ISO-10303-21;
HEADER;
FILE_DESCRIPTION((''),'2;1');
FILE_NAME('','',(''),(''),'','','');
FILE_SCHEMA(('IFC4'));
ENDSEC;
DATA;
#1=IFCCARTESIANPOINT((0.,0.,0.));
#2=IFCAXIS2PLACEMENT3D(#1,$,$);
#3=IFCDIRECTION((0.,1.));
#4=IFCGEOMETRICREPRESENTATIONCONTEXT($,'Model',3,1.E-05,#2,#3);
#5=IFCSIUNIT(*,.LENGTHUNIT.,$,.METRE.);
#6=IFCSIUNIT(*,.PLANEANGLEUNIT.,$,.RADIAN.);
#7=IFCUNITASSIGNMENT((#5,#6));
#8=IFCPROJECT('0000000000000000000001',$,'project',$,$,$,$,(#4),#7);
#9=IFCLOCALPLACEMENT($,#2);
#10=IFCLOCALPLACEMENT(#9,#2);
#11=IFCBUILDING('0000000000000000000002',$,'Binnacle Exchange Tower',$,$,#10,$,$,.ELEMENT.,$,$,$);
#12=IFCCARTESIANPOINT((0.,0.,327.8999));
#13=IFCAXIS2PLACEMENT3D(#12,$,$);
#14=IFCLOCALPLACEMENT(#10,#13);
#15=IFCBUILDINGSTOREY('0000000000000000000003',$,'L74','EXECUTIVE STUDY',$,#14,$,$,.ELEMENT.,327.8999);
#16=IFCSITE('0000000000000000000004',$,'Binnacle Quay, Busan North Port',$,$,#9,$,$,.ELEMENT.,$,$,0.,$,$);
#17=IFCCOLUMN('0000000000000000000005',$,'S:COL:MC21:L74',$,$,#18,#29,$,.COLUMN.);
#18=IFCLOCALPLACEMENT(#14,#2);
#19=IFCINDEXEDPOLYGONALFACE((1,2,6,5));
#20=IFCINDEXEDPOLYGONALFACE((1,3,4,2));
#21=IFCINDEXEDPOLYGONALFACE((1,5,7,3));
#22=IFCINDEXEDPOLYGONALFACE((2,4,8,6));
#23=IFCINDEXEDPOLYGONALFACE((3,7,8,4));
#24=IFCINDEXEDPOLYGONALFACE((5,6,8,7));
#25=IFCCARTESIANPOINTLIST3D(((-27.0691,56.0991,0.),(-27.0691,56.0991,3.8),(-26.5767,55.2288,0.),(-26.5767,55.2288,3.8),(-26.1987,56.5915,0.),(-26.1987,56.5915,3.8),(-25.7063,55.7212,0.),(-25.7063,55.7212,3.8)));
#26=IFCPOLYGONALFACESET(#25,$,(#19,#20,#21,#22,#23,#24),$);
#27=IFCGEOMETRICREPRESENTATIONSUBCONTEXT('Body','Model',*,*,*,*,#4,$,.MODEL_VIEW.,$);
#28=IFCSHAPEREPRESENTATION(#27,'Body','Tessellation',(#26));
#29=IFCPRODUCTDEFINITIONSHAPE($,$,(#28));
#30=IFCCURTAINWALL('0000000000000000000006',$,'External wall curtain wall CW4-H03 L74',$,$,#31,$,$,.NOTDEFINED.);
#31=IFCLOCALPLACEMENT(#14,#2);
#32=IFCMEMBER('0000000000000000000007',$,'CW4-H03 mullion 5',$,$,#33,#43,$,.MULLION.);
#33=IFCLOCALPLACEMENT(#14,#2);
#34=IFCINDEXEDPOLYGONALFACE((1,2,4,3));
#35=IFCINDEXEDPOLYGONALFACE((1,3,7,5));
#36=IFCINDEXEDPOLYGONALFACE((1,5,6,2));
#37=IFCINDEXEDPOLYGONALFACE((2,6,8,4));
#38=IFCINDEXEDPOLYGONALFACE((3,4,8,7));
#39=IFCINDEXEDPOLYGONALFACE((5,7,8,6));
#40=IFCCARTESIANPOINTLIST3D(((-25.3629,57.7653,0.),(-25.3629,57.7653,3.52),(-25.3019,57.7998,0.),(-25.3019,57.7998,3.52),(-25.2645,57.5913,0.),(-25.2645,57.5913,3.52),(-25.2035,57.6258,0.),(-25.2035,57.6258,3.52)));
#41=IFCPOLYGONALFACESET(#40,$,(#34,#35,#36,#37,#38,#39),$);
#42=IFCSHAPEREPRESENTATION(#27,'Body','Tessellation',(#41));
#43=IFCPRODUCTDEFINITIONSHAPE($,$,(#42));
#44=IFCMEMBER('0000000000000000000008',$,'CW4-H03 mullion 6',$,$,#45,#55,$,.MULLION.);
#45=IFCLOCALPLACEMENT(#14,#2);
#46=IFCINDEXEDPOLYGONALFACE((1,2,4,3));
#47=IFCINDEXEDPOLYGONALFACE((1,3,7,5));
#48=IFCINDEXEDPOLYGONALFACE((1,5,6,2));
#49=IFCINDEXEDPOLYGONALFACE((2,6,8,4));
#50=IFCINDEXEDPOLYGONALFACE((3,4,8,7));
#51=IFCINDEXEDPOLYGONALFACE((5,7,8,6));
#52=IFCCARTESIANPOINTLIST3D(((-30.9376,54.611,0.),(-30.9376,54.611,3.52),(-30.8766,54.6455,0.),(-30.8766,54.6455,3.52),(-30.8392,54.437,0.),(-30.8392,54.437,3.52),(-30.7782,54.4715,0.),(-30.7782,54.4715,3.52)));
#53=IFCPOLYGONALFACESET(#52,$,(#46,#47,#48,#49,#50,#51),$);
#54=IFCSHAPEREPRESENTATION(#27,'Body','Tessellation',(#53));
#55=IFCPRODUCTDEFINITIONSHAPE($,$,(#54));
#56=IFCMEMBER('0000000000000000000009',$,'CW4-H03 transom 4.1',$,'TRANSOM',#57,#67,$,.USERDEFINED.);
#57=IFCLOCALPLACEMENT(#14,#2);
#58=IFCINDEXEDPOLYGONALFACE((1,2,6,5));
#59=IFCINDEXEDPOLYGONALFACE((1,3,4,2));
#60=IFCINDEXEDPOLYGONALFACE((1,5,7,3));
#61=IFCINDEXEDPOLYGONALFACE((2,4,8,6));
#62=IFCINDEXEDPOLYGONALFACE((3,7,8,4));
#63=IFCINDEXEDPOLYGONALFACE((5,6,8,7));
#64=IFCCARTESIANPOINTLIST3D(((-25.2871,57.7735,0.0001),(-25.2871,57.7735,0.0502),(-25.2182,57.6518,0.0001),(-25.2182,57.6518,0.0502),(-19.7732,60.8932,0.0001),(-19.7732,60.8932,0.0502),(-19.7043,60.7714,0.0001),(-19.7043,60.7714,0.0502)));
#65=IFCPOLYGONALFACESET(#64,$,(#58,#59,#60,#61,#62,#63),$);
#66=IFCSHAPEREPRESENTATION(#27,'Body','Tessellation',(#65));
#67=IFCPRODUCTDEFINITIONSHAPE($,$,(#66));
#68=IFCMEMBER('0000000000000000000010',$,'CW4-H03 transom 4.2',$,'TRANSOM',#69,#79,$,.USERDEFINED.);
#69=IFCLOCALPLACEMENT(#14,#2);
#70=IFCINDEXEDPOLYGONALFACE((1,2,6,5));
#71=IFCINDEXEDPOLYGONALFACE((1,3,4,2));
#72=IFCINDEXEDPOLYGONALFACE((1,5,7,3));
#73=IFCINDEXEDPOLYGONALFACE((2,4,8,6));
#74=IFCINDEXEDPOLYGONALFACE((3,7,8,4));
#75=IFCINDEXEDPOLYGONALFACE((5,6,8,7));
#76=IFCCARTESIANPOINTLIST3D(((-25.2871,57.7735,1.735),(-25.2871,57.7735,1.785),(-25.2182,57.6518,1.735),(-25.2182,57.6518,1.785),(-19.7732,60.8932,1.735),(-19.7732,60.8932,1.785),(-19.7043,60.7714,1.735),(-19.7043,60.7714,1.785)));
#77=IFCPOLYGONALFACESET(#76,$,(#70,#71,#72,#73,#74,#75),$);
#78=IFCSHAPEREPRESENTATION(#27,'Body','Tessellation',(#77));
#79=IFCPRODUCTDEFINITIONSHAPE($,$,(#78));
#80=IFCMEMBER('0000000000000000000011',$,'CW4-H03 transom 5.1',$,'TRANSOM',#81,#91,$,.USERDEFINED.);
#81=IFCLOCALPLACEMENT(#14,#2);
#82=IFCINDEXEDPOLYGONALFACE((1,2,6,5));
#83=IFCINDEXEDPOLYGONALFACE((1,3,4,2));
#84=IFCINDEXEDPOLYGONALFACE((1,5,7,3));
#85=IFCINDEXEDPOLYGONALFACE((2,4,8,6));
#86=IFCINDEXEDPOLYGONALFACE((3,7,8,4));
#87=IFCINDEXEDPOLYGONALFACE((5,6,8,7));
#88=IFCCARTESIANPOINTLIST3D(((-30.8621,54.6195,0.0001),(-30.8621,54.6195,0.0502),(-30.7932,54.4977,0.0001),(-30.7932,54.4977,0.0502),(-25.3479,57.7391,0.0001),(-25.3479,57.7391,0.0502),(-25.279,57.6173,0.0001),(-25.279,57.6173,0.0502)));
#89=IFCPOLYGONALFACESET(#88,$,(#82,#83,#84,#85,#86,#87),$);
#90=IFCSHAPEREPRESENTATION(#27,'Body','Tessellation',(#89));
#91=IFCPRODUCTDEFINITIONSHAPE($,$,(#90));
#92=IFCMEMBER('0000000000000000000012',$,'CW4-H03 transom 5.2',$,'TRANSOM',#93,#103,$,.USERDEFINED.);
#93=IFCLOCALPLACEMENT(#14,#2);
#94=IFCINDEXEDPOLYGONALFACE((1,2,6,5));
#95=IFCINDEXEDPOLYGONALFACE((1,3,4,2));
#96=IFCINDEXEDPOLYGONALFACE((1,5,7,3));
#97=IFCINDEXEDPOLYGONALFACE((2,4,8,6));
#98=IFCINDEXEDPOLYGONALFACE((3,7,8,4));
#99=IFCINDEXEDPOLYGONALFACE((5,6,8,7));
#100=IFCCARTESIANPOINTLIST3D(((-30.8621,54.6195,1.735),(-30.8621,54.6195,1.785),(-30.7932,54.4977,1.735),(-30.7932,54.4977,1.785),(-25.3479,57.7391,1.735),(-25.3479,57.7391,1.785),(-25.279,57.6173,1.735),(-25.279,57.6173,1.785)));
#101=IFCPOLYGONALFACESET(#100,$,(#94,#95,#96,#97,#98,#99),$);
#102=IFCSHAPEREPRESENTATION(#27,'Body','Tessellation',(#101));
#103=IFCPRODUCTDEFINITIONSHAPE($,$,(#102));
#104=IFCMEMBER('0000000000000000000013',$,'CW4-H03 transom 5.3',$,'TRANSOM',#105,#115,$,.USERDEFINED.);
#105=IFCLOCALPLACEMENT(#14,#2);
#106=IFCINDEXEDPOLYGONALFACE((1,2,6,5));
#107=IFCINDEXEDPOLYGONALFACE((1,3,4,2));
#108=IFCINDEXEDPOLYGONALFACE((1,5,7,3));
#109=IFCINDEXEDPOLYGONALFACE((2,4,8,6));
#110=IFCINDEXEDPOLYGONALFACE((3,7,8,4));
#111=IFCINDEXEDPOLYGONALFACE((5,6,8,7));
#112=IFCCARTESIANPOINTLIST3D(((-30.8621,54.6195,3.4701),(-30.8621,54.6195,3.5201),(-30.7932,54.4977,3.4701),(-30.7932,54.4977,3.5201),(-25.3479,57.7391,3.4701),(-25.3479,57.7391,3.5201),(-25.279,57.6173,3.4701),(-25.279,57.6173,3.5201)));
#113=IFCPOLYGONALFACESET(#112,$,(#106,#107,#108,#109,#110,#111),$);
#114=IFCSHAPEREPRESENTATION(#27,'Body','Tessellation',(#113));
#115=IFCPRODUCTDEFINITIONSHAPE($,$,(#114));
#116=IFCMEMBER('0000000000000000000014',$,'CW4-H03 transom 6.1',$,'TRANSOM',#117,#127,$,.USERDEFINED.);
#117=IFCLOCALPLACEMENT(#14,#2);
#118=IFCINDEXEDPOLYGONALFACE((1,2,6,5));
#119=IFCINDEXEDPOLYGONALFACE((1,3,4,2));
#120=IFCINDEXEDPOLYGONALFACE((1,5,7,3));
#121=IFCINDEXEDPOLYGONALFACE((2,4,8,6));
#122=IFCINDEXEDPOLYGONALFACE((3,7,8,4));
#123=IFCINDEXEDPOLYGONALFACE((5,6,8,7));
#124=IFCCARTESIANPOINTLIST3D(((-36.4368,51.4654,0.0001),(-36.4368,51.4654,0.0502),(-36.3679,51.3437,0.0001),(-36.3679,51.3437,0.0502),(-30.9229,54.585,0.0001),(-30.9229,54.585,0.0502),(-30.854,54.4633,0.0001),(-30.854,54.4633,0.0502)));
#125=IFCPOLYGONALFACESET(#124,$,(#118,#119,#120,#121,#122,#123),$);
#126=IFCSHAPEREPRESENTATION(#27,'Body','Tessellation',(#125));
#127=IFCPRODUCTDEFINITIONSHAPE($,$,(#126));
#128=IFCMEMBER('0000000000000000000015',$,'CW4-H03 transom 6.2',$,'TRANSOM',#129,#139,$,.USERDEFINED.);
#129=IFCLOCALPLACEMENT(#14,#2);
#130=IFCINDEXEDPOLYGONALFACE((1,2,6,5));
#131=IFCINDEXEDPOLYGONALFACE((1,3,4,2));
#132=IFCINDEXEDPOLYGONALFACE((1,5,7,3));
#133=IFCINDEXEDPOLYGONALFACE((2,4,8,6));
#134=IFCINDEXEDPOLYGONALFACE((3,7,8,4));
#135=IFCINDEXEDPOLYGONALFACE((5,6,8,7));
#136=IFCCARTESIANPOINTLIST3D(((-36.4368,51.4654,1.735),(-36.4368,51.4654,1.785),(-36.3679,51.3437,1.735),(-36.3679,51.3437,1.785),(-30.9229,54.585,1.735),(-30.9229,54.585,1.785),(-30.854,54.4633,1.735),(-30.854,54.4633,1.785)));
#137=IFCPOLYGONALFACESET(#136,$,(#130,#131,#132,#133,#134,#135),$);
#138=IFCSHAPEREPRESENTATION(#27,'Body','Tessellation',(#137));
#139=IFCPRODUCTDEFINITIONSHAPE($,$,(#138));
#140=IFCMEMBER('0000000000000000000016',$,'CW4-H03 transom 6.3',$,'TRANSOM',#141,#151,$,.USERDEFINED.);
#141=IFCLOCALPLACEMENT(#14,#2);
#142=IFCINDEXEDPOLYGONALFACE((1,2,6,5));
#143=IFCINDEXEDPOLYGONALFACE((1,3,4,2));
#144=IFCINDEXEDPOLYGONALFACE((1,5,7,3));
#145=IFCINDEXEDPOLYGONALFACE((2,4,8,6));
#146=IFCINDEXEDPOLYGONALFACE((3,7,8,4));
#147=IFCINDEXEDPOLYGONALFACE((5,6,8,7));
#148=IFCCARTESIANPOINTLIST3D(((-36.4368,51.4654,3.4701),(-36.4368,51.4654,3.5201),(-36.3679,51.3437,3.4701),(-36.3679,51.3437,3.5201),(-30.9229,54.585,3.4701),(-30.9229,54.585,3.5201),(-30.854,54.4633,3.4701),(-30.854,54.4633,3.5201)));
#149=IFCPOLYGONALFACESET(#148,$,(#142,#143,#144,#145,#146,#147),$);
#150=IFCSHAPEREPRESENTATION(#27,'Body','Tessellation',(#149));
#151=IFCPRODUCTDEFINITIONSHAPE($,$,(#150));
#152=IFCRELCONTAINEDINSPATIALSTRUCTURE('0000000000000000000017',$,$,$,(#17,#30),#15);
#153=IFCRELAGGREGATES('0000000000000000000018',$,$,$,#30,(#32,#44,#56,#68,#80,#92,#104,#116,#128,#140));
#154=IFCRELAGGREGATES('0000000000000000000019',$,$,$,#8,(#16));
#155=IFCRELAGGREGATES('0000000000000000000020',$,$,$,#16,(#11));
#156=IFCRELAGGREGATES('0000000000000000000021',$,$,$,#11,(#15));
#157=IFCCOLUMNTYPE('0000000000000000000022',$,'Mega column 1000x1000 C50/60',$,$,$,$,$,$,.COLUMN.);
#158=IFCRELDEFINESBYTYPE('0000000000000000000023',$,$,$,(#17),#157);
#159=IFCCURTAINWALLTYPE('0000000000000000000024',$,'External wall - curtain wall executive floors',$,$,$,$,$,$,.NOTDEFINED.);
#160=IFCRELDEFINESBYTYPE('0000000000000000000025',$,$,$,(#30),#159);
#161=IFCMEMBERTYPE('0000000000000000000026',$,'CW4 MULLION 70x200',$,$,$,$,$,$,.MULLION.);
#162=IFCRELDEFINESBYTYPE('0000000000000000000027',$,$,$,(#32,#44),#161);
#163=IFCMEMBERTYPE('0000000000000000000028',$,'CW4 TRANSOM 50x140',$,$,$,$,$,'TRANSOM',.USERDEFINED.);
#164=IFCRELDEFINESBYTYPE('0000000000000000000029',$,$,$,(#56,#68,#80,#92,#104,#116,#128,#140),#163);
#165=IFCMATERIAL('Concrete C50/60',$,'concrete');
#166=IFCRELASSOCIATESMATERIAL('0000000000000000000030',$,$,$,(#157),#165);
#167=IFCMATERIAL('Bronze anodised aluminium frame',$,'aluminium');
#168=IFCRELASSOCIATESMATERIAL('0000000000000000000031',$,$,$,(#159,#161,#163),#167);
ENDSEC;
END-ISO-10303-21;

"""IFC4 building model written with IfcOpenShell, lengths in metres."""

from ifc_helpers import new_model, si_unit, direction, frame, origin, origin_2d, place, context, subcontext, project, spatial, rectangle, extrude, material, material_profile, profile_set, type_object, element, aggregate, save


model = new_model("IFC4")

# Units and contexts
model_context = context("Model", 3, precision=1e-05, world=origin(), true_north=direction((0.0, 1.0)))
body_context = subcontext(model_context, "Body", "Model", "MODEL_VIEW")
ifc_project = project(units=[si_unit("LENGTHUNIT", "METRE"), si_unit("PLANEANGLEUNIT", "RADIAN")], contexts=[model_context])

# Site, building, storey
site_placement = place(None, origin())
site = spatial("IfcSite", under=ifc_project, at=site_placement, Name="Binnacle Quay, Busan North Port", CompositionType="ELEMENT", RefElevation=0.0)
building_placement = place(site_placement, origin())
building = spatial("IfcBuilding", under=site, at=building_placement, Name="Binnacle Exchange Tower", CompositionType="ELEMENT")
storey_placement = place(building_placement, frame((0.0, 0.0, 327.8999)))
storey = spatial("IfcBuildingStorey", under=building, at=storey_placement, Name="L74", Description="EXECUTIVE STUDY", CompositionType="ELEMENT", Elevation=327.8999)

# Column
ifc_material_1 = material(Name="Concrete C50/60", Category="concrete")
ifc_material_profile_1 = material_profile(ifc_material_1, rectangle(XDim=1.0, YDim=1.0, at=origin_2d()), Name="Mega column 1000x1000 C50/60")
ifc_profile_set_1 = profile_set([ifc_material_profile_1], Name="Concrete C50/60")
column_type = type_object("IfcColumnType", Name="Mega column 1000x1000 C50/60", PredefinedType="COLUMN", material=ifc_profile_set_1)
column_placement = place(storey_placement, frame((-26.3877, 55.9102, 0.0), z_axis=(0.0, 0.0, 1.0), x_axis=(-0.870356, -0.492424, 0.0)))
element("IfcColumn", 1, at=column_placement, inside=storey, type_object=column_type, Name="S:COL:MC21:L74", PredefinedType="COLUMN", context=body_context, shape_type="SweptSolid", body=[
    extrude(rectangle(XDim=1.0, YDim=1.0, at=origin_2d()), origin(), (0.0, 0.0, 1.0), 3.8),
])

# Curtain wall, members
ifc_material_2 = material(Name="Bronze anodised aluminium frame", Category="aluminium")
curtain_wall_type = type_object("IfcCurtainWallType", Name="External wall - curtain wall executive floors", PredefinedType="NOTDEFINED", material=ifc_material_2)
curtain_wall_placement = place(storey_placement, origin())
curtain_wall = element("IfcCurtainWall", 2, at=curtain_wall_placement, inside=storey, type_object=curtain_wall_type, Name="External wall curtain wall CW4-H03 L74", PredefinedType="NOTDEFINED")
ifc_material_profile_2 = material_profile(ifc_material_2, rectangle(XDim=0.2, YDim=0.0701, at=origin_2d()), Name="AL 70x200")
ifc_profile_set_2 = profile_set([ifc_material_profile_2], Name="Bronze anodised aluminium frame")
member_type_1 = type_object("IfcMemberType", Name="CW4 MULLION 70x200", PredefinedType="MULLION", material=ifc_profile_set_2)
member_1_placement = place(storey_placement, frame((-25.2832, 57.6956, 0.0), z_axis=(0.0, 0.0, 1.0), x_axis=(0.492424, -0.870356, 0.0)))
member_1 = element("IfcMember", 3, at=member_1_placement, type_object=member_type_1, Name="CW4-H03 mullion 5", PredefinedType="MULLION", context=body_context, shape_type="SweptSolid", body=[
    extrude(rectangle(XDim=0.2, YDim=0.0701, at=origin_2d()), origin(), (0.0, 0.0, 1.0), 3.52),
])
member_2_placement = place(storey_placement, frame((-30.8579, 54.5413, 0.0), z_axis=(0.0, 0.0, 1.0), x_axis=(0.492424, -0.870356, 0.0)))
member_2 = element("IfcMember", 4, at=member_2_placement, type_object=member_type_1, Name="CW4-H03 mullion 6", PredefinedType="MULLION", context=body_context, shape_type="SweptSolid", body=[
    extrude(rectangle(XDim=0.2, YDim=0.0701, at=origin_2d()), origin(), (0.0, 0.0, 1.0), 3.52),
])
ifc_material_profile_3 = material_profile(ifc_material_2, rectangle(XDim=0.1399, YDim=0.05, at=origin_2d()), Name="AL 140x50")
ifc_profile_set_3 = profile_set([ifc_material_profile_3], Name="Bronze anodised aluminium frame")
member_type_2 = type_object("IfcMemberType", Name="CW4 TRANSOM 50x140", ElementType="TRANSOM", PredefinedType="USERDEFINED", material=ifc_profile_set_3)
member_3_placement = place(storey_placement, frame((-19.7388, 60.8323, 0.0251), z_axis=(-0.870355, -0.492424, 0.0), x_axis=(0.492424, -0.870355, 0.0)))
member_3 = element("IfcMember", 5, at=member_3_placement, type_object=member_type_2, Name="CW4-H03 transom 4.1", ObjectType="TRANSOM", PredefinedType="USERDEFINED", context=body_context, shape_type="SweptSolid", body=[
    extrude(rectangle(XDim=0.1399, YDim=0.05, at=origin_2d()), origin(), (0.0, 0.0, 1.0), 6.3352),
])
member_4_placement = place(storey_placement, frame((-19.7388, 60.8323, 1.76), z_axis=(-0.870355, -0.492424, 0.0), x_axis=(0.492424, -0.870355, 0.0)))
member_4 = element("IfcMember", 6, at=member_4_placement, type_object=member_type_2, Name="CW4-H03 transom 4.2", ObjectType="TRANSOM", PredefinedType="USERDEFINED", context=body_context, shape_type="SweptSolid", body=[
    extrude(rectangle(XDim=0.1399, YDim=0.05, at=origin_2d()), origin(), (0.0, 0.0, 1.0), 6.3352),
])
member_5_placement = place(storey_placement, frame((-25.3135, 57.6782, 0.0251), z_axis=(-0.870365, -0.492408, 0.0), x_axis=(0.492408, -0.870365, 0.0)))
member_5 = element("IfcMember", 7, at=member_5_placement, type_object=member_type_2, Name="CW4-H03 transom 5.1", ObjectType="TRANSOM", PredefinedType="USERDEFINED", context=body_context, shape_type="SweptSolid", body=[
    extrude(rectangle(XDim=0.1399, YDim=0.05, at=origin_2d()), origin(), (0.0, 0.0, 1.0), 6.3354),
])
member_6_placement = place(storey_placement, frame((-25.3135, 57.6782, 1.76), z_axis=(-0.870365, -0.492408, 0.0), x_axis=(0.492408, -0.870365, 0.0)))
member_6 = element("IfcMember", 8, at=member_6_placement, type_object=member_type_2, Name="CW4-H03 transom 5.2", ObjectType="TRANSOM", PredefinedType="USERDEFINED", context=body_context, shape_type="SweptSolid", body=[
    extrude(rectangle(XDim=0.1399, YDim=0.05, at=origin_2d()), origin(), (0.0, 0.0, 1.0), 6.3354),
])
member_7_placement = place(storey_placement, frame((-25.3135, 57.6782, 3.4951), z_axis=(-0.870365, -0.492408, 0.0), x_axis=(0.492408, -0.870365, 0.0)))
member_7 = element("IfcMember", 9, at=member_7_placement, type_object=member_type_2, Name="CW4-H03 transom 5.3", ObjectType="TRANSOM", PredefinedType="USERDEFINED", context=body_context, shape_type="SweptSolid", body=[
    extrude(rectangle(XDim=0.1399, YDim=0.05, at=origin_2d()), origin(), (0.0, 0.0, 1.0), 6.3354),
])
member_8_placement = place(storey_placement, frame((-30.8884, 54.5242, 0.0251), z_axis=(-0.870355, -0.492424, 0.0), x_axis=(0.492424, -0.870355, 0.0)))
member_8 = element("IfcMember", 10, at=member_8_placement, type_object=member_type_2, Name="CW4-H03 transom 6.1", ObjectType="TRANSOM", PredefinedType="USERDEFINED", context=body_context, shape_type="SweptSolid", body=[
    extrude(rectangle(XDim=0.1399, YDim=0.05, at=origin_2d()), origin(), (0.0, 0.0, 1.0), 6.3352),
])
member_9_placement = place(storey_placement, frame((-30.8884, 54.5242, 1.76), z_axis=(-0.870355, -0.492424, 0.0), x_axis=(0.492424, -0.870355, 0.0)))
member_9 = element("IfcMember", 11, at=member_9_placement, type_object=member_type_2, Name="CW4-H03 transom 6.2", ObjectType="TRANSOM", PredefinedType="USERDEFINED", context=body_context, shape_type="SweptSolid", body=[
    extrude(rectangle(XDim=0.1399, YDim=0.05, at=origin_2d()), origin(), (0.0, 0.0, 1.0), 6.3352),
])
member_10_placement = place(storey_placement, frame((-30.8884, 54.5242, 3.4951), z_axis=(-0.870355, -0.492424, 0.0), x_axis=(0.492424, -0.870355, 0.0)))
member_10 = element("IfcMember", 12, at=member_10_placement, type_object=member_type_2, Name="CW4-H03 transom 6.3", ObjectType="TRANSOM", PredefinedType="USERDEFINED", context=body_context, shape_type="SweptSolid", body=[
    extrude(rectangle(XDim=0.1399, YDim=0.05, at=origin_2d()), origin(), (0.0, 0.0, 1.0), 6.3352),
])

aggregate(curtain_wall, [member_1, member_2, member_3, member_4, member_5, member_6, member_7, member_8, member_9, member_10])

save(model, "model.ifc")
